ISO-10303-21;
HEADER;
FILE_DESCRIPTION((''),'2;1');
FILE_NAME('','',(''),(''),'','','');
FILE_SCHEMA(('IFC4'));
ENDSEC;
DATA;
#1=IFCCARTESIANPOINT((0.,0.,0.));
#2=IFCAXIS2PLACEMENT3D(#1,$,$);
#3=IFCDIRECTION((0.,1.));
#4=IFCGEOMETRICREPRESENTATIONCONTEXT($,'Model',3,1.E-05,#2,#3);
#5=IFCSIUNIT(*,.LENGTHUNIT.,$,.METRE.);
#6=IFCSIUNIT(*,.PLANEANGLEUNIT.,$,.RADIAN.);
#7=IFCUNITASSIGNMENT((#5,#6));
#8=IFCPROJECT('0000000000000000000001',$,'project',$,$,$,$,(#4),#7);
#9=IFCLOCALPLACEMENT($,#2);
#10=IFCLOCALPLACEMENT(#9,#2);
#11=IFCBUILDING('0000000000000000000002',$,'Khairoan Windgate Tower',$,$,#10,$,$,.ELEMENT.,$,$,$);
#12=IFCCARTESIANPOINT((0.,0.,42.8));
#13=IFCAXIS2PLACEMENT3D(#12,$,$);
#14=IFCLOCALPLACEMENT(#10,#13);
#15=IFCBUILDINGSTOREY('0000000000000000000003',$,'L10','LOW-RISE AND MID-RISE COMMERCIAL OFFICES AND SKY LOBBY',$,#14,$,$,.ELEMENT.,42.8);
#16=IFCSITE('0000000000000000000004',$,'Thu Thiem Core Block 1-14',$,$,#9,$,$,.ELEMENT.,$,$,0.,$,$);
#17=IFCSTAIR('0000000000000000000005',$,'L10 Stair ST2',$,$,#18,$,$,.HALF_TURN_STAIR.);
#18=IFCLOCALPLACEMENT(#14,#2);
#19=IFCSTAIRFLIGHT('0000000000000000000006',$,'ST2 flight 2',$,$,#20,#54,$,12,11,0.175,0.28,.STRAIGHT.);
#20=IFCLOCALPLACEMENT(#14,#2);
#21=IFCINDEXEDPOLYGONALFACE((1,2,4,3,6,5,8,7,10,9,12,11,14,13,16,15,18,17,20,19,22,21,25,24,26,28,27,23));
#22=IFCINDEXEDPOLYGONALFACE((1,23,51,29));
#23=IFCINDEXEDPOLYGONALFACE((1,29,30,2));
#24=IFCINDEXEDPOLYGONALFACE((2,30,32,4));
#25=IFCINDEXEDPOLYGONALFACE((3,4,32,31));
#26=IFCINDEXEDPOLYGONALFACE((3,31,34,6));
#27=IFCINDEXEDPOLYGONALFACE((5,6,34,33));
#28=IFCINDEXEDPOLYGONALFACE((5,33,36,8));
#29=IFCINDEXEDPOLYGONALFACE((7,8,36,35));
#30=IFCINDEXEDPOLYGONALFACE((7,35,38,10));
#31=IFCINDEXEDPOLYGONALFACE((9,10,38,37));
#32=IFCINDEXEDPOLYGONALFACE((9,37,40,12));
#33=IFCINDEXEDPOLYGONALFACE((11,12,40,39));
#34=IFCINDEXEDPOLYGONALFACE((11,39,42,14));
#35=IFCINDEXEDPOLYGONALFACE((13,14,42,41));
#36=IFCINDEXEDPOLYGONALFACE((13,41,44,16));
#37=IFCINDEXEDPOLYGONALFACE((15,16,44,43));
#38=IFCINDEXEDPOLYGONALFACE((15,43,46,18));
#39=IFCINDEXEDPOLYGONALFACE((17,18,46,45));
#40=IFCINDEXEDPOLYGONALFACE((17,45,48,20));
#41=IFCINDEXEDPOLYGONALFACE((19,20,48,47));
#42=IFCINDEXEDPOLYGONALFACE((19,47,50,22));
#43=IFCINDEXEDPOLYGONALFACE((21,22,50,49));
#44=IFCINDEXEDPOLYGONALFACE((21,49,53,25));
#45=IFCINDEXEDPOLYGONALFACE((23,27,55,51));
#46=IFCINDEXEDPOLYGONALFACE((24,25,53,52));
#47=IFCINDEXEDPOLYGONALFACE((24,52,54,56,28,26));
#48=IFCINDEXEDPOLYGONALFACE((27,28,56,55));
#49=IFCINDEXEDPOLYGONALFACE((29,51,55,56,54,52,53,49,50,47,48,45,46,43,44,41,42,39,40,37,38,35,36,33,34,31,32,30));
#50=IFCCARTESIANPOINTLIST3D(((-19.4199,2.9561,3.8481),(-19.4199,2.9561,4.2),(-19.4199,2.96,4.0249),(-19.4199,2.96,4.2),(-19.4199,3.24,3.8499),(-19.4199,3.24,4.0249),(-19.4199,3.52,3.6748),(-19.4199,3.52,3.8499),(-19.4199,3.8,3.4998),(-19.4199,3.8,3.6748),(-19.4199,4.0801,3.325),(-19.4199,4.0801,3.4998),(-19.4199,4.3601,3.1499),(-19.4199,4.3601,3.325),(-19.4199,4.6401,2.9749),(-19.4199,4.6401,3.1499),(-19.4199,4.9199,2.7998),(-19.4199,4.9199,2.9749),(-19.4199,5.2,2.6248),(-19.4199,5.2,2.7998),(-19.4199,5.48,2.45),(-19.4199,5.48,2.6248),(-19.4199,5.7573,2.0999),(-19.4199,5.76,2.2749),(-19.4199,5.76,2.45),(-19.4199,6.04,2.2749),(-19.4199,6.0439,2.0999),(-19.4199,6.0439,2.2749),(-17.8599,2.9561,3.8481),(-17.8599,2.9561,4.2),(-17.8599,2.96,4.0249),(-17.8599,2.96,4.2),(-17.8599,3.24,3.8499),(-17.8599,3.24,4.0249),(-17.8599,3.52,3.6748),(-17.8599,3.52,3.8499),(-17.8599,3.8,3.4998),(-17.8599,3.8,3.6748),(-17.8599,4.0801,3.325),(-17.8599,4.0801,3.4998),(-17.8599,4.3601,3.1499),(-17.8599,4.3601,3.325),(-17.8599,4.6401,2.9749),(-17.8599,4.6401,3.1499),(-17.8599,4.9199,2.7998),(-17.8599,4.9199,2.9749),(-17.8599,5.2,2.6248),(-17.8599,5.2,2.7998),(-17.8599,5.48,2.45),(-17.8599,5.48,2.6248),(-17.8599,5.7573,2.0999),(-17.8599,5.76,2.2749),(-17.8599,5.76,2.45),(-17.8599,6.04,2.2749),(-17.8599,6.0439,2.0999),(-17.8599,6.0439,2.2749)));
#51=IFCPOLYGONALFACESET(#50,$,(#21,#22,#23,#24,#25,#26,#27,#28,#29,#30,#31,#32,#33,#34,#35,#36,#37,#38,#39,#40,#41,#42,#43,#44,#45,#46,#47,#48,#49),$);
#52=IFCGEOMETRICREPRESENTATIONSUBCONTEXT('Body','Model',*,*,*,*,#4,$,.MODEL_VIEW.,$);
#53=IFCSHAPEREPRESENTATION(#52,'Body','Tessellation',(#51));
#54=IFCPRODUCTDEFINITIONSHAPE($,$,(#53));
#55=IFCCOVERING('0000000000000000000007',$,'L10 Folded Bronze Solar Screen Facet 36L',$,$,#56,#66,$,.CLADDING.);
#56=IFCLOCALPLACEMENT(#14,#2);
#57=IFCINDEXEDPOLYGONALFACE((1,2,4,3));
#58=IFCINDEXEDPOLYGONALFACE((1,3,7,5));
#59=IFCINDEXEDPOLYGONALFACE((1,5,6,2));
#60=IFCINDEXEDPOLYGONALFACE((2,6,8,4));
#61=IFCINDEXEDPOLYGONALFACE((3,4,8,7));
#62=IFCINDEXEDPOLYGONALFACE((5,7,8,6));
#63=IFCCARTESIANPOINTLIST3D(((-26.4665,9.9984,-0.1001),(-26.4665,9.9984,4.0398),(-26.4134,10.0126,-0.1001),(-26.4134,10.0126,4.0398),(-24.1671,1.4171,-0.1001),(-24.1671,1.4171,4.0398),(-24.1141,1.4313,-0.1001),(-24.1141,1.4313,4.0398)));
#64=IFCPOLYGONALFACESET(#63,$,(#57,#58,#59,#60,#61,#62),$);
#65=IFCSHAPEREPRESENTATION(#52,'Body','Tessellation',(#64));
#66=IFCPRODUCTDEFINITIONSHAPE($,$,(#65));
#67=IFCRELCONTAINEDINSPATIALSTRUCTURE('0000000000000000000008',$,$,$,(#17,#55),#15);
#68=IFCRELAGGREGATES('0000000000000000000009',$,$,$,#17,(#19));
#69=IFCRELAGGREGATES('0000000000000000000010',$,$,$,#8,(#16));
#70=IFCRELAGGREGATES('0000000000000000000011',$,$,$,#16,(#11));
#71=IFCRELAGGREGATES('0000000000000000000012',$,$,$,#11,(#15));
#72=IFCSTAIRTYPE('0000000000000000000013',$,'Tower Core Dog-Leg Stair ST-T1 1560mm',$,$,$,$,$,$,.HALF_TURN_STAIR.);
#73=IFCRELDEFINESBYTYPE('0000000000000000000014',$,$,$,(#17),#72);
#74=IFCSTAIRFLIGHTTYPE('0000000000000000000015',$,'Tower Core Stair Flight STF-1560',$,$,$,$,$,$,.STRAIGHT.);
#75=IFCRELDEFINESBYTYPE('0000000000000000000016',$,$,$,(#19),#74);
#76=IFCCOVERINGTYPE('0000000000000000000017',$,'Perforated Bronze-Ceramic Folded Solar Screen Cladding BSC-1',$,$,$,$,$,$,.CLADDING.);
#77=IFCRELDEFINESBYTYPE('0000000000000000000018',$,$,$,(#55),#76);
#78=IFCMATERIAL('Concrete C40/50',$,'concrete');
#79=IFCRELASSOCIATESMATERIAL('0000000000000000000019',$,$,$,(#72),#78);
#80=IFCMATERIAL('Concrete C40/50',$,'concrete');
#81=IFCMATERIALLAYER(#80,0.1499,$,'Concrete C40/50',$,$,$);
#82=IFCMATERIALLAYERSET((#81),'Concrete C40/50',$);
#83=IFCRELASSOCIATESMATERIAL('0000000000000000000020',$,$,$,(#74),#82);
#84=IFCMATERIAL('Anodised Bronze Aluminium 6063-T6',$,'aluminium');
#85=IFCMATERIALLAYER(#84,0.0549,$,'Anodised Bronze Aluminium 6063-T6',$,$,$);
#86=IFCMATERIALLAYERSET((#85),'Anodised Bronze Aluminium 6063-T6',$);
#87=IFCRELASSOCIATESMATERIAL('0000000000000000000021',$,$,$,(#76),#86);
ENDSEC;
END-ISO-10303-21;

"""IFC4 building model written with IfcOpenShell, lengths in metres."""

from ifc_helpers import new_model, si_unit, direction, frame, origin, origin_2d, place, context, subcontext, project, spatial, polyline, rectangle, outline, extrude, material, layer, layer_set, type_object, element, aggregate, save


model = new_model("IFC4")

# Units and contexts
model_context = context("Model", 3, precision=1e-05, world=origin(), true_north=direction((0.0, 1.0)))
body_context = subcontext(model_context, "Body", "Model", "MODEL_VIEW")
ifc_project = project(units=[si_unit("LENGTHUNIT", "METRE"), si_unit("PLANEANGLEUNIT", "RADIAN")], contexts=[model_context])

# Site, building, storey
site_placement = place(None, origin())
site = spatial("IfcSite", under=ifc_project, at=site_placement, Name="Thu Thiem Core Block 1-14", CompositionType="ELEMENT", RefElevation=0.0)
building_placement = place(site_placement, origin())
building = spatial("IfcBuilding", under=site, at=building_placement, Name="Khairoan Windgate Tower", CompositionType="ELEMENT")
storey_placement = place(building_placement, frame((0.0, 0.0, 42.8)))
storey = spatial("IfcBuildingStorey", under=building, at=storey_placement, Name="L10", Description="LOW-RISE AND MID-RISE COMMERCIAL OFFICES AND SKY LOBBY", CompositionType="ELEMENT", Elevation=42.8)

# Stair, stair flight
ifc_material_1 = material(Name="Concrete C40/50", Category="concrete")
stair_type = type_object("IfcStairType", Name="Tower Core Dog-Leg Stair ST-T1 1560mm", PredefinedType="HALF_TURN_STAIR", material=ifc_material_1)
stair_placement = place(storey_placement, origin())
stair = element("IfcStair", 1, at=stair_placement, inside=storey, type_object=stair_type, Name="L10 Stair ST2", PredefinedType="HALF_TURN_STAIR")
ifc_material_2 = material(Name="Concrete C40/50", Category="concrete")
ifc_layer_1 = layer(ifc_material_2, 0.1499, Name="Concrete C40/50")
ifc_layer_set_1 = layer_set([ifc_layer_1], Name="Concrete C40/50")
stair_flight_type = type_object("IfcStairFlightType", Name="Tower Core Stair Flight STF-1560", PredefinedType="STRAIGHT", material=ifc_layer_set_1)
stair_flight_1_placement = place(storey_placement, frame((-18.6399, 6.04, 2.0999), z_axis=(0.0, 0.0, 1.0), x_axis=(0.0, -1.0, 0.0)))
stair_flight_1 = element("IfcStairFlight", 2, at=stair_flight_1_placement, type_object=stair_flight_type, Name="ST2 flight 2", NumberOfRisers=12, NumberOfTreads=11, PredefinedType="STRAIGHT", RiserHeight=0.175, TreadLength=0.28, context=body_context, shape_type="SweptSolid", body=[
    extrude(outline(polyline([(-0.0039, 0.0), (-0.0039, 0.175), (0.0, 0.175), (0.28, 0.175), (0.28, 0.3501), (0.5601, 0.3501), (0.5601, 0.5249), (0.8401, 0.5249), (0.8401, 0.7), (1.1201, 0.7), (1.1201, 0.875), (1.3999, 0.875), (1.3999, 1.05), (1.6799, 1.05), (1.6799, 1.2251), (1.96, 1.2251), (1.96, 1.3999), (2.24, 1.3999), (2.24, 1.575), (2.52, 1.575), (2.52, 1.75), (2.8, 1.75), (2.8, 1.925), (3.0801, 1.925), (3.0801, 2.1001), (3.084, 2.1001), (3.084, 1.7483), (0.2827, 0.0), (-0.0039, 0.0)])), frame((0.0, 0.78, 0.0), z_axis=(0.0, -1.0, 0.0), x_axis=(1.0, 0.0, 0.0)), (0.0, 0.0, 1.0), 1.5601),
])
aggregate(stair, [stair_flight_1])

# Covering
ifc_material_3 = material(Name="Anodised Bronze Aluminium 6063-T6", Category="aluminium")
ifc_layer_2 = layer(ifc_material_3, 0.0549, Name="Anodised Bronze Aluminium 6063-T6")
ifc_layer_set_2 = layer_set([ifc_layer_2], Name="Anodised Bronze Aluminium 6063-T6")
covering_type = type_object("IfcCoveringType", Name="Perforated Bronze-Ceramic Folded Solar Screen Cladding BSC-1", PredefinedType="CLADDING", material=ifc_layer_set_2)
covering_placement = place(storey_placement, frame((-25.2903, 5.7148, -0.1001), z_axis=(0.0, 0.0, 1.0), x_axis=(-0.258819, 0.965926, 0.0)))
element("IfcCovering", 3, at=covering_placement, inside=storey, type_object=covering_type, Name="L10 Folded Bronze Solar Screen Facet 36L", PredefinedType="CLADDING", context=body_context, shape_type="SweptSolid", body=[
    extrude(rectangle(XDim=8.884, YDim=0.0549, at=origin_2d()), origin(), (0.0, 0.0, 1.0), 4.1399),
])

save(model, "model.ifc")
